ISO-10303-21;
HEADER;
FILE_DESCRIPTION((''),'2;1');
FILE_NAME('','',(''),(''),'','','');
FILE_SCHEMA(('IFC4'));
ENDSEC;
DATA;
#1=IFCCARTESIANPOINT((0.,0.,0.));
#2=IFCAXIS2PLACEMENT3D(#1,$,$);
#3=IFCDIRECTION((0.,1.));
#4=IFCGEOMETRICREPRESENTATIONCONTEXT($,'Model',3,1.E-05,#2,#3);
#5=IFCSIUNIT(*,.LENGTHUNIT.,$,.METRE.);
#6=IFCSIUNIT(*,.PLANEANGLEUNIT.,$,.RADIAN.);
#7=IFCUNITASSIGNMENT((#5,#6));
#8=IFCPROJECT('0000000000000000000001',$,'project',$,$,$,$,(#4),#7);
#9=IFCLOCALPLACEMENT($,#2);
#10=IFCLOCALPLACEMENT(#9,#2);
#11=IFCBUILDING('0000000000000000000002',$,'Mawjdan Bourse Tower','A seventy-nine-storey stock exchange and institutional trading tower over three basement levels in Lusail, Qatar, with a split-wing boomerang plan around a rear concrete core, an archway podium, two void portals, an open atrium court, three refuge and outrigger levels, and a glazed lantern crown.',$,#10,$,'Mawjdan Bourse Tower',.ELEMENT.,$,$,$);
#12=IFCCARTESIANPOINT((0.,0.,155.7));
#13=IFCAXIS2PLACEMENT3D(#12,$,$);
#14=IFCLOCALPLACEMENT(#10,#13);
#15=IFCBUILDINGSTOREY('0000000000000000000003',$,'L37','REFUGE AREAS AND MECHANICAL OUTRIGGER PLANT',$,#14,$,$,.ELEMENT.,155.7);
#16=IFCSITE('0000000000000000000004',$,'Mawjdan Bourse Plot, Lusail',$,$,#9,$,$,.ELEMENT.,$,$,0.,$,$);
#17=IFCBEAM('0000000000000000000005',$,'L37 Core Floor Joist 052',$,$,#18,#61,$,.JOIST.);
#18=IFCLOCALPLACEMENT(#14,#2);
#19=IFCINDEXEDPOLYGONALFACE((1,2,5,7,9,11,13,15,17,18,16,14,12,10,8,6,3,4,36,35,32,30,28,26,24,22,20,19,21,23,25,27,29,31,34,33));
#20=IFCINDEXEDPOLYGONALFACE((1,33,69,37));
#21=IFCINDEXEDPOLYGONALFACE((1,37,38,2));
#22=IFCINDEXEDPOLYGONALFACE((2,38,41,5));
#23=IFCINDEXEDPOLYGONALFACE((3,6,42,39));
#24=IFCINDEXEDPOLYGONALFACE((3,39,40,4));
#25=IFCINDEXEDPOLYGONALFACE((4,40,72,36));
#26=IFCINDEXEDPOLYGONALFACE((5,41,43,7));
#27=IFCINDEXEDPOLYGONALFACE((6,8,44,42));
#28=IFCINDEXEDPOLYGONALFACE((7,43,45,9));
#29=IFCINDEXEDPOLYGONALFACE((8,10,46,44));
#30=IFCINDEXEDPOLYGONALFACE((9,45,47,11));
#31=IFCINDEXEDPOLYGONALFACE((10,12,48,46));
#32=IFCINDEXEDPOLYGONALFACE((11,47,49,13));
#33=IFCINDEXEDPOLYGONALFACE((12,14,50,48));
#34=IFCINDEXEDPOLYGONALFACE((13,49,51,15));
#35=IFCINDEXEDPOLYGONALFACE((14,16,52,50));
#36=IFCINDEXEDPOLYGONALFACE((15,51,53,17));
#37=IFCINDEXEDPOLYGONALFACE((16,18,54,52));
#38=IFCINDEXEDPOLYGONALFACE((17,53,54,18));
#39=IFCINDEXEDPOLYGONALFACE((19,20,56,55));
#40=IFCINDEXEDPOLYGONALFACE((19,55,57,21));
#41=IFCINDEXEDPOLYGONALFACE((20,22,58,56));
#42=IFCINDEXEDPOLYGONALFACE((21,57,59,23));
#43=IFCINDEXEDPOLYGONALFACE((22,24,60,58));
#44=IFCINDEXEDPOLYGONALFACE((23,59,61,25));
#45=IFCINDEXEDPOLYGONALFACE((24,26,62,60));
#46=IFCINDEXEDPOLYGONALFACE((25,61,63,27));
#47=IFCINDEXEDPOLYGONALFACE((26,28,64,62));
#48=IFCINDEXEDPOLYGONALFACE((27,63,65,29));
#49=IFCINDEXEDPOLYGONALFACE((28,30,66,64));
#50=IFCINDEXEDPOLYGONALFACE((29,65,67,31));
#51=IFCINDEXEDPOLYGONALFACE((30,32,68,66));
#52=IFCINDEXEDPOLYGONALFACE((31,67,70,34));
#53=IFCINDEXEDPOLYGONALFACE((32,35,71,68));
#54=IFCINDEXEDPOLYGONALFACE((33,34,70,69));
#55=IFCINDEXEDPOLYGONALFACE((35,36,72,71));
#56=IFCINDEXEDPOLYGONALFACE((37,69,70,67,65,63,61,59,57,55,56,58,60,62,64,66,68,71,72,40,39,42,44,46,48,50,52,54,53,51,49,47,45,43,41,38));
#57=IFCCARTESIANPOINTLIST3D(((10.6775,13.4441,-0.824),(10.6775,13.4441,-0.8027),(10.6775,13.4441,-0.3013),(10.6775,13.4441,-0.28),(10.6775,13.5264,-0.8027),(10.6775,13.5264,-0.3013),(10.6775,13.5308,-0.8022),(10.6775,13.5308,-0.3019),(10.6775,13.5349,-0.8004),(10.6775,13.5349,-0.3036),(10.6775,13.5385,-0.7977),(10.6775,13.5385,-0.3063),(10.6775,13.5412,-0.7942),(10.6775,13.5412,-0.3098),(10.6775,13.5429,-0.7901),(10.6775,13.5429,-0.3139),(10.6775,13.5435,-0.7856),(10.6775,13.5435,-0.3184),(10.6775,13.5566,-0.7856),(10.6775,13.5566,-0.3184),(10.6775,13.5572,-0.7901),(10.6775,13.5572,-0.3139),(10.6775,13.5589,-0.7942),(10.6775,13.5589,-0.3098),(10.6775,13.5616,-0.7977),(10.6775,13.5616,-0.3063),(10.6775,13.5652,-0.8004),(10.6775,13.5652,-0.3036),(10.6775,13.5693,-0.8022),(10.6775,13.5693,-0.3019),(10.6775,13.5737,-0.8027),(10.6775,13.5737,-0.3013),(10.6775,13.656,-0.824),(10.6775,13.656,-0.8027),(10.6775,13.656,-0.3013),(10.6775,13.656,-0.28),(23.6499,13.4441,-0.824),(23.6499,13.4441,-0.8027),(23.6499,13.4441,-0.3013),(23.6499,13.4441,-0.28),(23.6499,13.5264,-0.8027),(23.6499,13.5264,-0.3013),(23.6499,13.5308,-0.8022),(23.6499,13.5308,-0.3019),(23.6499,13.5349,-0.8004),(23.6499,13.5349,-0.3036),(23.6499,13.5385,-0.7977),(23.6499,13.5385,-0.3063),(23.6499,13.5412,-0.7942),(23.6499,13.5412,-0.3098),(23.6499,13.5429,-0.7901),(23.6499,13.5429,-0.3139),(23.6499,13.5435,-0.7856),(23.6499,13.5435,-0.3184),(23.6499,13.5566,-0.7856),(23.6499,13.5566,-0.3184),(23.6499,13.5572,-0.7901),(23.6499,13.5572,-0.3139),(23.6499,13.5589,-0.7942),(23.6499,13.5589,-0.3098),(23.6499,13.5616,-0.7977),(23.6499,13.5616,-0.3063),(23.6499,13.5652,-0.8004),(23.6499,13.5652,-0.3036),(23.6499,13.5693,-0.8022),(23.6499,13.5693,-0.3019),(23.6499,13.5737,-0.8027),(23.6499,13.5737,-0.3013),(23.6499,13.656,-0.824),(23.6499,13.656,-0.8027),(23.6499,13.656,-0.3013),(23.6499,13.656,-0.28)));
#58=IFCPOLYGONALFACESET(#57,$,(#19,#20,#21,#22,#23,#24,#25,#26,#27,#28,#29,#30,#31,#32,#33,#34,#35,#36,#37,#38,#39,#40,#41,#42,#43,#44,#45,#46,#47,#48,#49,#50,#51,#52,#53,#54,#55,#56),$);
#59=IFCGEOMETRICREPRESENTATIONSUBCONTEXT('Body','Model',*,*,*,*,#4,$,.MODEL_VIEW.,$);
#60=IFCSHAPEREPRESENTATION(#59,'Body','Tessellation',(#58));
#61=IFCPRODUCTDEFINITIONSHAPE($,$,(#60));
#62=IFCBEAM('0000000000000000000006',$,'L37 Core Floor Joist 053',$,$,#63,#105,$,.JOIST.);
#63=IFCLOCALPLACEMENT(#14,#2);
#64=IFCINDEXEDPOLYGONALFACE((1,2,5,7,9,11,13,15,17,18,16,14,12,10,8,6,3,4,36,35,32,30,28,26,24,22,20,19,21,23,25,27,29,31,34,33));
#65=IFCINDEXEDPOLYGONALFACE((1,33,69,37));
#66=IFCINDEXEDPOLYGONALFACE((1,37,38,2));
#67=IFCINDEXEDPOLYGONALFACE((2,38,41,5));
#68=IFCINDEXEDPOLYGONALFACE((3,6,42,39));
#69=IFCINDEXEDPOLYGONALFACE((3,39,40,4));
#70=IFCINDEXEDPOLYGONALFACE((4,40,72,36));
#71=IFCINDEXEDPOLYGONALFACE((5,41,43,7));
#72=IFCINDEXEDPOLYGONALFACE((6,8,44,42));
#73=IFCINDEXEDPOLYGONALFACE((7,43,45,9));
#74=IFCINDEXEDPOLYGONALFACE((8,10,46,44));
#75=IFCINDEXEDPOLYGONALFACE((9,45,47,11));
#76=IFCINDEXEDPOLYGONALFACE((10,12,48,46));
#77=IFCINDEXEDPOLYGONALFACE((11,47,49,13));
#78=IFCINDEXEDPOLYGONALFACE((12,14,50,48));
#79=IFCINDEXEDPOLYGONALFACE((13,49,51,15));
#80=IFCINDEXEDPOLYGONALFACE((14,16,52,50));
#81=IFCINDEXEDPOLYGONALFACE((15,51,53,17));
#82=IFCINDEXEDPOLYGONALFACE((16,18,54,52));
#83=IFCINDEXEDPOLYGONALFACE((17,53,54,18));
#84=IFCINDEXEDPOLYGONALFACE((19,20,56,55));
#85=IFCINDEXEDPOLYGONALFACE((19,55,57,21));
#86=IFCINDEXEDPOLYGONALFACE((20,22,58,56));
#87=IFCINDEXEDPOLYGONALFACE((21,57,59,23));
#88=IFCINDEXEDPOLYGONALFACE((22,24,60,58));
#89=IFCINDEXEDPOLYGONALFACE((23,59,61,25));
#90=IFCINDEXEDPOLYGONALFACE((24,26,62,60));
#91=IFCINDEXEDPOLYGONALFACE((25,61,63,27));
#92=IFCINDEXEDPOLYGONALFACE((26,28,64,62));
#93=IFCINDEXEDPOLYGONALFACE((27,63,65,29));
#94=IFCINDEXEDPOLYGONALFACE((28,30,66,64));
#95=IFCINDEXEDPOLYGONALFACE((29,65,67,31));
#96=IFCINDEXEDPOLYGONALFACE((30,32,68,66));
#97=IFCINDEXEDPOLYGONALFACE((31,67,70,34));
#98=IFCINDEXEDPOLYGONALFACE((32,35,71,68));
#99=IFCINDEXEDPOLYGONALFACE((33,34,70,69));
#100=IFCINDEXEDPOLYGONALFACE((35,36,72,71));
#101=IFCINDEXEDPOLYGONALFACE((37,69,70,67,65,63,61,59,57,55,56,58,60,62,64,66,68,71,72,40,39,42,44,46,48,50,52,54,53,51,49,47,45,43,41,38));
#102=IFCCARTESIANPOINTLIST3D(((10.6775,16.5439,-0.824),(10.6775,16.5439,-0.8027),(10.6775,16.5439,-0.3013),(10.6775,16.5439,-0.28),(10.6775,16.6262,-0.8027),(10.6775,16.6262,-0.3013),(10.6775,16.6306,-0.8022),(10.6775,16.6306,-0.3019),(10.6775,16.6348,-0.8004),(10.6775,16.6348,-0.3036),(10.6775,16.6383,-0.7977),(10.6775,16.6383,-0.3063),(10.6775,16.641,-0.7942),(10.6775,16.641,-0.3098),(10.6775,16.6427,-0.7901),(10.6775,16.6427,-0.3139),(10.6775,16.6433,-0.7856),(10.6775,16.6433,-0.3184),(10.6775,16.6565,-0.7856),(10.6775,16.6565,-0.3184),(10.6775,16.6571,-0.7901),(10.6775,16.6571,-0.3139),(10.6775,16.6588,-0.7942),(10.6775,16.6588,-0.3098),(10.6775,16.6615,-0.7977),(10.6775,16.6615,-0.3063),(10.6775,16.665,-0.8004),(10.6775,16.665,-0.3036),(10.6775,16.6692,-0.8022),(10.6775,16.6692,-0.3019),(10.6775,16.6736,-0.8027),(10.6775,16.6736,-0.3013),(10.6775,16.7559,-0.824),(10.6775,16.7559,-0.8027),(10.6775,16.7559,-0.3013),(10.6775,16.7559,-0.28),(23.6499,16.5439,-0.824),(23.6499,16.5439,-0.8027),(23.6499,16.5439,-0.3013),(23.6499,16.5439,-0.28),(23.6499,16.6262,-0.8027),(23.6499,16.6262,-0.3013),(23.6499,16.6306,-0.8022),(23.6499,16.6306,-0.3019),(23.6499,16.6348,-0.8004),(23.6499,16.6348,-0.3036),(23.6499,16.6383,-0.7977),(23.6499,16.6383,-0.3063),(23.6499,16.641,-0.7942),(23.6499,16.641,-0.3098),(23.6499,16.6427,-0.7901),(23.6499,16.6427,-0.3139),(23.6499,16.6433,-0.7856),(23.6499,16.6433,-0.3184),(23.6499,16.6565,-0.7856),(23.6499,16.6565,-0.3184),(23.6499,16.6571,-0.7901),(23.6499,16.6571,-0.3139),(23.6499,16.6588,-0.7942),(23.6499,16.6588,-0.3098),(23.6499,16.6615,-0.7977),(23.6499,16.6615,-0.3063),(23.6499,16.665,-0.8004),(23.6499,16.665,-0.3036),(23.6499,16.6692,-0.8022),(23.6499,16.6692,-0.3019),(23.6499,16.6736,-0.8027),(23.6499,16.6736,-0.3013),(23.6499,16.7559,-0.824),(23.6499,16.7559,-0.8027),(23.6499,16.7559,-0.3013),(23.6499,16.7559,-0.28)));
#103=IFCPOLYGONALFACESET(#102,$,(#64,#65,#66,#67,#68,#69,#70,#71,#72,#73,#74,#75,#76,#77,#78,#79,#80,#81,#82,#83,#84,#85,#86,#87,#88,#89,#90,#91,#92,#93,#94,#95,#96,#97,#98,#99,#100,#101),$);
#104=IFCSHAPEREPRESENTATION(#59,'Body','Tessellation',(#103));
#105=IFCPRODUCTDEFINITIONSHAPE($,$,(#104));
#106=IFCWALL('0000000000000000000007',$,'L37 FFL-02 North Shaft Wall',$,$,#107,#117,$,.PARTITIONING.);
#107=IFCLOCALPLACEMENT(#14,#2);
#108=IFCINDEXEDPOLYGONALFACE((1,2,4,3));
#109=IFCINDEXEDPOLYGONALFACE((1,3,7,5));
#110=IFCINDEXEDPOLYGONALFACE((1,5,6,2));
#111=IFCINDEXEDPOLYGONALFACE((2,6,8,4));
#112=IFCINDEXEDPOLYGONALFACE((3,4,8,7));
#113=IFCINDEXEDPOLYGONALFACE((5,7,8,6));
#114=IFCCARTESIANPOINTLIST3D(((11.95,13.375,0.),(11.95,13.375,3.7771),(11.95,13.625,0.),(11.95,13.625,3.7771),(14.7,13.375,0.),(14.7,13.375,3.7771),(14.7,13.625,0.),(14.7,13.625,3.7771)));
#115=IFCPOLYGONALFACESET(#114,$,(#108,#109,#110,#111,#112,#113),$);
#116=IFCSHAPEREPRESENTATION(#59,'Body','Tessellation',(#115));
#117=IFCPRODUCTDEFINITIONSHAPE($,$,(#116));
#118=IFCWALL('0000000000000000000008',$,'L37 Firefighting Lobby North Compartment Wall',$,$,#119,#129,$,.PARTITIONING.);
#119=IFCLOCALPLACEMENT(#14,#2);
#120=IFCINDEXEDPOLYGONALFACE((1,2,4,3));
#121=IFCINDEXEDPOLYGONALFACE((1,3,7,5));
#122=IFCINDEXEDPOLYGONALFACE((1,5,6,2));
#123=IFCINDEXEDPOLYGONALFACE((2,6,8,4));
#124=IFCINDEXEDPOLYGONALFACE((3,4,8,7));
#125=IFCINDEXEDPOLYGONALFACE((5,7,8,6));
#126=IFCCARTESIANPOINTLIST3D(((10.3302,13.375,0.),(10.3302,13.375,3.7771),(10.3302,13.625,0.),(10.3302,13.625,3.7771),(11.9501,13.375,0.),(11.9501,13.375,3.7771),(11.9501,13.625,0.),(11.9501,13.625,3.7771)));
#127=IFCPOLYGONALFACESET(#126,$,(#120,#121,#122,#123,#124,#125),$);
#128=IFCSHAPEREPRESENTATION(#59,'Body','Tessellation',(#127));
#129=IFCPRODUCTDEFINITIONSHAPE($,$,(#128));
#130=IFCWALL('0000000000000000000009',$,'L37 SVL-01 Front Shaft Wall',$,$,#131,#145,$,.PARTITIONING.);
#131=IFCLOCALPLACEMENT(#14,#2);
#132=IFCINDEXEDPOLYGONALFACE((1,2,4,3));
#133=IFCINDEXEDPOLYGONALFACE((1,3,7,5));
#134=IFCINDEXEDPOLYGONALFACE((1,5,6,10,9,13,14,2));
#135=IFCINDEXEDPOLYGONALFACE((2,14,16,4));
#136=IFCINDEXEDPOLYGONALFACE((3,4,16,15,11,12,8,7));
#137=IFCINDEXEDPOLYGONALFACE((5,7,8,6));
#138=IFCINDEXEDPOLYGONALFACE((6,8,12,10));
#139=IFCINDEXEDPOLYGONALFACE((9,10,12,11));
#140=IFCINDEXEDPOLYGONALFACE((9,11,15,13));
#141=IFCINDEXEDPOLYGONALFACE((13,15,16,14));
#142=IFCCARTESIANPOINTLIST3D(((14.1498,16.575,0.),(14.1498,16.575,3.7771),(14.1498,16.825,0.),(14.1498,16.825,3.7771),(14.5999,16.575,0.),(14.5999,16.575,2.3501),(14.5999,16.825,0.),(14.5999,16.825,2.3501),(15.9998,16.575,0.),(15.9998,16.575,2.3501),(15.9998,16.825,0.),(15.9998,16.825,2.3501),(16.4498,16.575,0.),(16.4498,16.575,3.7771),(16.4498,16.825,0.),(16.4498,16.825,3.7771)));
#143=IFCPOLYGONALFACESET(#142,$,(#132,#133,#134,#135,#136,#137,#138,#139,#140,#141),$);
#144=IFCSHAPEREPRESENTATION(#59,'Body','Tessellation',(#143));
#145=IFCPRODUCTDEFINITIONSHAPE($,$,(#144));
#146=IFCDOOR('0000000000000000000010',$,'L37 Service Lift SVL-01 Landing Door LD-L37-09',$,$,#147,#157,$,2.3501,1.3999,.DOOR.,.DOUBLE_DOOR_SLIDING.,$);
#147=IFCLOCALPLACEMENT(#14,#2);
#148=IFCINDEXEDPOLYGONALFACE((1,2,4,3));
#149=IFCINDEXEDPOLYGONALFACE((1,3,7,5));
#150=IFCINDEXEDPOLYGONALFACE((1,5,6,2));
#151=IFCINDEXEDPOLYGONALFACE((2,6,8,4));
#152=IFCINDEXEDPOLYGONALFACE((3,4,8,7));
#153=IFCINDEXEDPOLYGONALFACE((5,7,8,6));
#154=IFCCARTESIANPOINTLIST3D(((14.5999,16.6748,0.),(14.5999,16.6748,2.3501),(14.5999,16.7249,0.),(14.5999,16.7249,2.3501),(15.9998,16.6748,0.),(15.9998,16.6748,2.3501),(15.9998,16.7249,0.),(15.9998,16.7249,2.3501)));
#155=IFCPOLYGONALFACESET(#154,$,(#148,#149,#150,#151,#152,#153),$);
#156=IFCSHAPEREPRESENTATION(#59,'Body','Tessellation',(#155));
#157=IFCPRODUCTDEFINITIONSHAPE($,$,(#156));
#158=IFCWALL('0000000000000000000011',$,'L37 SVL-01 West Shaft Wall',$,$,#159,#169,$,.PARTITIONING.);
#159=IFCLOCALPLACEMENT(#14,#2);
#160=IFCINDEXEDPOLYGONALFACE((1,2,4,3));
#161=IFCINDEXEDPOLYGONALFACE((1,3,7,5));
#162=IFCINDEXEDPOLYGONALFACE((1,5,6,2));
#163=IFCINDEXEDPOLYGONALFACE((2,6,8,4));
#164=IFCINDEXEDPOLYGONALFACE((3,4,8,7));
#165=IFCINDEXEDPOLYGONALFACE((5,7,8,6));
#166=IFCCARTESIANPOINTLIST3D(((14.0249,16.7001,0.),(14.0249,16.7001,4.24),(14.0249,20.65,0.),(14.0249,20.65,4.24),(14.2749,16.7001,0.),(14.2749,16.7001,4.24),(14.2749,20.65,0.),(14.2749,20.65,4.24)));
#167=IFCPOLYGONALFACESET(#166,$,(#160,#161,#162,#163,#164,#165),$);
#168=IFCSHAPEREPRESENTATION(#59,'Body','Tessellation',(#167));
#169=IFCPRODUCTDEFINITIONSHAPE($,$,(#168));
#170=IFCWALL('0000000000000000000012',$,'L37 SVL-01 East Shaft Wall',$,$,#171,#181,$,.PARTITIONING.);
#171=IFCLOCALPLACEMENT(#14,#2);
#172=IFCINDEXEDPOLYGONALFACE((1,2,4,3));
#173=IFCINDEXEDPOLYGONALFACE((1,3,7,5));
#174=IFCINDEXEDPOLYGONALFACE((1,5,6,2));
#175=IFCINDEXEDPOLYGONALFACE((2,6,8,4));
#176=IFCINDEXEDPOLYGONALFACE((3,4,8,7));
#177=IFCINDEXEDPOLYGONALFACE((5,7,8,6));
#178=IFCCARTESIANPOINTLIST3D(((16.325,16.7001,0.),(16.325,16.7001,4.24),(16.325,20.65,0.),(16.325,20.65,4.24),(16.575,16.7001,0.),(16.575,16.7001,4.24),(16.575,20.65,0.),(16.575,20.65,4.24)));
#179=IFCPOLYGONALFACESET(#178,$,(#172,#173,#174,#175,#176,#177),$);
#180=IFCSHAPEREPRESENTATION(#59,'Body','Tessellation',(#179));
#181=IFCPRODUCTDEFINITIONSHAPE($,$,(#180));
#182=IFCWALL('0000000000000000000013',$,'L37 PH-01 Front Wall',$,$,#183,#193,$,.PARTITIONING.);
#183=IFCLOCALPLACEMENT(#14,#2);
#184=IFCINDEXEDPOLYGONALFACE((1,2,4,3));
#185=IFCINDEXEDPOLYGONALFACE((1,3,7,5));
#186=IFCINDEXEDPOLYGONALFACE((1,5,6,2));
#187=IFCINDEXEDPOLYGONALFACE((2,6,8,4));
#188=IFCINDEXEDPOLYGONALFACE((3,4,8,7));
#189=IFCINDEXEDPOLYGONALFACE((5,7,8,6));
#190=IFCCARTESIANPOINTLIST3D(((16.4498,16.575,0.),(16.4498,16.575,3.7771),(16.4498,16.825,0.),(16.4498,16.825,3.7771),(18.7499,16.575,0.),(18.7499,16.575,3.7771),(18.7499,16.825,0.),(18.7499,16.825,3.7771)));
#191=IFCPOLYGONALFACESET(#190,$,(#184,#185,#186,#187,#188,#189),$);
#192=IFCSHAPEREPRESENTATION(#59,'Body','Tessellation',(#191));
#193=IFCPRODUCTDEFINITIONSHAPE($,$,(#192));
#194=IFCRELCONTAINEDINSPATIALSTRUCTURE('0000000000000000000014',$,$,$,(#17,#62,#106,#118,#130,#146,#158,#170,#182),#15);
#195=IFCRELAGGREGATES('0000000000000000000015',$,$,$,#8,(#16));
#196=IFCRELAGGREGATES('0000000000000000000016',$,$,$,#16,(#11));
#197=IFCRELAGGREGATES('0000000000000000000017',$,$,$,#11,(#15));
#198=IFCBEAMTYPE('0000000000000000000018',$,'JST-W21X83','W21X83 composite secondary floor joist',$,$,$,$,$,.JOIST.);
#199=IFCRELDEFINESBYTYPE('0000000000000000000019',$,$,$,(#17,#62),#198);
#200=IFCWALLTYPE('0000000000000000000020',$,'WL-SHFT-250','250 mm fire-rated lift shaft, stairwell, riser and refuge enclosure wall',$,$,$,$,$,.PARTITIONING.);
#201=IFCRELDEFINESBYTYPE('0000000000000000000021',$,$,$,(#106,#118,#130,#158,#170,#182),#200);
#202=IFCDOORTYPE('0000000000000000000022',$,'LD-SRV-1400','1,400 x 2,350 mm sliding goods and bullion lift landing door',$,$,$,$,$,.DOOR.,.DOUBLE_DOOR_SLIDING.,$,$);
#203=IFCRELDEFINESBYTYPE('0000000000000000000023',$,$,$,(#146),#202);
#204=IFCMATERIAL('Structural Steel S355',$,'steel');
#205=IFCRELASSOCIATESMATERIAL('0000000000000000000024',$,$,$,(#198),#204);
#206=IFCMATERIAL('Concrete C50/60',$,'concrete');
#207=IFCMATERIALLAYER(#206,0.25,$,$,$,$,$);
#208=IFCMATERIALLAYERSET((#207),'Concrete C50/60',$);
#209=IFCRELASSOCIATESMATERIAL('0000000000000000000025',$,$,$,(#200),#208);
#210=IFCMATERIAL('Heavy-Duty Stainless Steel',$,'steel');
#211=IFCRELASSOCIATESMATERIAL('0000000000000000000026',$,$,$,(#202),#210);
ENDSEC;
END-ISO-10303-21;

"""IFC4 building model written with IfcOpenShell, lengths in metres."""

from ifc_helpers import new_model, si_unit, direction, frame, frame_2d, origin, origin_2d, place, context, subcontext, project, spatial, rectangle, i_section, extrude, material, layer, layer_set, material_profile, profile_set, type_object, element, fill, save


model = new_model("IFC4")

# Units and contexts
model_context = context("Model", 3, precision=1e-05, world=origin(), true_north=direction((0.0, 1.0)))
body_context = subcontext(model_context, "Body", "Model", "MODEL_VIEW")
ifc_project = project(units=[si_unit("LENGTHUNIT", "METRE"), si_unit("PLANEANGLEUNIT", "RADIAN")], contexts=[model_context])

# Site, building, storey
site_placement = place(None, origin())
site = spatial("IfcSite", under=ifc_project, at=site_placement, Name="Mawjdan Bourse Plot, Lusail", CompositionType="ELEMENT", RefElevation=0.0)
building_placement = place(site_placement, origin())
building = spatial("IfcBuilding", under=site, at=building_placement, Name="Mawjdan Bourse Tower", Description="A seventy-nine-storey stock exchange and institutional trading tower over three basement levels in Lusail, Qatar, with a split-wing boomerang plan around a rear concrete core, an archway podium, two void portals, an open atrium court, three refuge and outrigger levels, and a glazed lantern crown.", LongName="Mawjdan Bourse Tower", CompositionType="ELEMENT")
storey_placement = place(building_placement, frame((0.0, 0.0, 155.7)))
storey = spatial("IfcBuildingStorey", under=building, at=storey_placement, Name="L37", Description="REFUGE AREAS AND MECHANICAL OUTRIGGER PLANT", CompositionType="ELEMENT", Elevation=155.7)

# Beams
ifc_material_1 = material(Name="Structural Steel S355", Category="steel")
ifc_material_profile = material_profile(ifc_material_1, i_section(OverallWidth=0.2119, OverallDepth=0.5439, WebThickness=0.0132, FlangeThickness=0.0212, FilletRadius=0.0171, at=origin_2d()), Name="W21X83")
ifc_profile_set = profile_set([ifc_material_profile], Name="Structural Steel S355")
beam_type = type_object("IfcBeamType", Name="JST-W21X83", Description="W21X83 composite secondary floor joist", PredefinedType="JOIST", material=ifc_profile_set)
for number, where, z_axis, x_axis, name in (
    (1, (10.6775, 13.55, -0.552), (1.0, 0.0, 0.0), (0.0, 1.0, 0.0), "L37 Core Floor Joist 052"),
    (2, (10.6775, 16.6499, -0.552), (1.0, 0.0, 0.0), (0.0, 1.0, 0.0), "L37 Core Floor Joist 053"),
):
    element("IfcBeam", number, at=place(storey_placement, frame(where, z_axis=z_axis, x_axis=x_axis)), inside=storey, type_object=beam_type, Name=name, PredefinedType="JOIST", context=body_context, shape_type="SweptSolid", body=[
        extrude(i_section(OverallWidth=0.2119, OverallDepth=0.5439, WebThickness=0.0132, FlangeThickness=0.0212, FilletRadius=0.0171, at=origin_2d()), origin(), (0.0, 0.0, 1.0), 12.9724),
    ])

# Walls
ifc_material_2 = material(Name="Concrete C50/60", Category="concrete")
ifc_layer_1 = layer(ifc_material_2, 0.25)
ifc_layer_set_1 = layer_set([ifc_layer_1], Name="Concrete C50/60")
wall_type_1 = type_object("IfcWallType", Name="WL-SHFT-250", Description="250 mm fire-rated lift shaft, stairwell, riser and refuge enclosure wall", PredefinedType="PARTITIONING", material=ifc_layer_set_1)
wall_1_placement = place(storey_placement, frame((11.95, 13.5, 0.0), z_axis=(0.0, 0.0, 1.0), x_axis=(1.0, 0.0, 0.0)))
element("IfcWall", 3, at=wall_1_placement, inside=storey, type_object=wall_type_1, Name="L37 FFL-02 North Shaft Wall", PredefinedType="PARTITIONING", context=body_context, shape_type="SweptSolid", body=[
    extrude(rectangle(XDim=2.75, YDim=0.25, at=frame_2d((1.375, 0.0))), origin(), (0.0, 0.0, 1.0), 3.7771),
])
wall_2_placement = place(storey_placement, frame((10.3301, 13.5, 0.0), z_axis=(0.0, 0.0, 1.0), x_axis=(1.0, 0.0, 0.0)))
element("IfcWall", 4, at=wall_2_placement, inside=storey, type_object=wall_type_1, Name="L37 Firefighting Lobby North Compartment Wall", PredefinedType="PARTITIONING", context=body_context, shape_type="SweptSolid", body=[
    extrude(rectangle(XDim=1.6199, YDim=0.25, at=frame_2d((0.8101, 0.0))), origin(), (0.0, 0.0, 1.0), 3.7771),
])

# Wall, opening, door
wall_3_placement = place(storey_placement, frame((14.1499, 16.7, 0.0), z_axis=(0.0, 0.0, 1.0), x_axis=(1.0, 0.0, 0.0)))
wall_3 = element("IfcWall", 5, at=wall_3_placement, inside=storey, type_object=wall_type_1, Name="L37 SVL-01 Front Shaft Wall", PredefinedType="PARTITIONING", context=body_context, shape_type="SweptSolid", body=[
    extrude(rectangle(XDim=2.3, YDim=0.25, at=frame_2d((1.1499, 0.0))), origin(), (0.0, 0.0, 1.0), 3.7771),
])
opening_1_placement = place(wall_3_placement, frame((0.45, 0.0, 0.0)))
opening_1 = element("IfcOpeningElement", 6, at=opening_1_placement, cuts=wall_3, PredefinedType="OPENING", context=body_context, shape_type="SweptSolid", body=[
    extrude(rectangle(XDim=1.3999, YDim=2.3501, at=frame_2d((0.7, 1.175))), frame((0.0, 0.135, 0.0), z_axis=(0.0, -1.0, 0.0), x_axis=(1.0, 0.0, 0.0)), (0.0, 0.0, 1.0), 0.27),
])
ifc_material_3 = material(Name="Heavy-Duty Stainless Steel", Category="steel")
door_type_1 = type_object("IfcDoorType", Name="LD-SRV-1400", Description="1,400 x 2,350 mm sliding goods and bullion lift landing door", OperationType="DOUBLE_DOOR_SLIDING", PredefinedType="DOOR", material=ifc_material_3)
door_1_placement = place(opening_1_placement, origin())
door_1 = element("IfcDoor", 7, at=door_1_placement, inside=storey, type_object=door_type_1, Name="L37 Service Lift SVL-01 Landing Door LD-L37-09", OperationType="DOUBLE_DOOR_SLIDING", OverallHeight=2.3501, OverallWidth=1.3999, PredefinedType="DOOR", context=body_context, shape_type="SweptSolid", body=[
    extrude(rectangle(XDim=1.3999, YDim=2.3501, at=frame_2d((0.7, 1.175))), frame((0.0, 0.0249, 0.0), z_axis=(0.0, -1.0, 0.0), x_axis=(1.0, 0.0, 0.0)), (0.0, 0.0, 1.0), 0.05),
])
fill(opening_1, door_1)

# Walls
for number, where, z_axis, x_axis, name in (
    (8, (14.1499, 16.7, 0.0), (0.0, 0.0, 1.0), (0.0, 1.0, 0.0), "L37 SVL-01 West Shaft Wall"),
    (9, (16.45, 16.7, 0.0), (0.0, 0.0, 1.0), (0.0, 1.0, 0.0), "L37 SVL-01 East Shaft Wall"),
):
    element("IfcWall", number, at=place(storey_placement, frame(where, z_axis=z_axis, x_axis=x_axis)), inside=storey, type_object=wall_type_1, Name=name, PredefinedType="PARTITIONING", context=body_context, shape_type="SweptSolid", body=[
        extrude(rectangle(XDim=3.95, YDim=0.25, at=frame_2d((1.9751, 0.0))), origin(), (0.0, 0.0, 1.0), 4.24),
    ])
wall_4_placement = place(storey_placement, frame((16.45, 16.7, 0.0), z_axis=(0.0, 0.0, 1.0), x_axis=(1.0, 0.0, 0.0)))
element("IfcWall", 10, at=wall_4_placement, inside=storey, type_object=wall_type_1, Name="L37 PH-01 Front Wall", PredefinedType="PARTITIONING", context=body_context, shape_type="SweptSolid", body=[
    extrude(rectangle(XDim=2.3, YDim=0.25, at=frame_2d((1.1499, 0.0))), origin(), (0.0, 0.0, 1.0), 3.7771),
])

save(model, "model.ifc")
